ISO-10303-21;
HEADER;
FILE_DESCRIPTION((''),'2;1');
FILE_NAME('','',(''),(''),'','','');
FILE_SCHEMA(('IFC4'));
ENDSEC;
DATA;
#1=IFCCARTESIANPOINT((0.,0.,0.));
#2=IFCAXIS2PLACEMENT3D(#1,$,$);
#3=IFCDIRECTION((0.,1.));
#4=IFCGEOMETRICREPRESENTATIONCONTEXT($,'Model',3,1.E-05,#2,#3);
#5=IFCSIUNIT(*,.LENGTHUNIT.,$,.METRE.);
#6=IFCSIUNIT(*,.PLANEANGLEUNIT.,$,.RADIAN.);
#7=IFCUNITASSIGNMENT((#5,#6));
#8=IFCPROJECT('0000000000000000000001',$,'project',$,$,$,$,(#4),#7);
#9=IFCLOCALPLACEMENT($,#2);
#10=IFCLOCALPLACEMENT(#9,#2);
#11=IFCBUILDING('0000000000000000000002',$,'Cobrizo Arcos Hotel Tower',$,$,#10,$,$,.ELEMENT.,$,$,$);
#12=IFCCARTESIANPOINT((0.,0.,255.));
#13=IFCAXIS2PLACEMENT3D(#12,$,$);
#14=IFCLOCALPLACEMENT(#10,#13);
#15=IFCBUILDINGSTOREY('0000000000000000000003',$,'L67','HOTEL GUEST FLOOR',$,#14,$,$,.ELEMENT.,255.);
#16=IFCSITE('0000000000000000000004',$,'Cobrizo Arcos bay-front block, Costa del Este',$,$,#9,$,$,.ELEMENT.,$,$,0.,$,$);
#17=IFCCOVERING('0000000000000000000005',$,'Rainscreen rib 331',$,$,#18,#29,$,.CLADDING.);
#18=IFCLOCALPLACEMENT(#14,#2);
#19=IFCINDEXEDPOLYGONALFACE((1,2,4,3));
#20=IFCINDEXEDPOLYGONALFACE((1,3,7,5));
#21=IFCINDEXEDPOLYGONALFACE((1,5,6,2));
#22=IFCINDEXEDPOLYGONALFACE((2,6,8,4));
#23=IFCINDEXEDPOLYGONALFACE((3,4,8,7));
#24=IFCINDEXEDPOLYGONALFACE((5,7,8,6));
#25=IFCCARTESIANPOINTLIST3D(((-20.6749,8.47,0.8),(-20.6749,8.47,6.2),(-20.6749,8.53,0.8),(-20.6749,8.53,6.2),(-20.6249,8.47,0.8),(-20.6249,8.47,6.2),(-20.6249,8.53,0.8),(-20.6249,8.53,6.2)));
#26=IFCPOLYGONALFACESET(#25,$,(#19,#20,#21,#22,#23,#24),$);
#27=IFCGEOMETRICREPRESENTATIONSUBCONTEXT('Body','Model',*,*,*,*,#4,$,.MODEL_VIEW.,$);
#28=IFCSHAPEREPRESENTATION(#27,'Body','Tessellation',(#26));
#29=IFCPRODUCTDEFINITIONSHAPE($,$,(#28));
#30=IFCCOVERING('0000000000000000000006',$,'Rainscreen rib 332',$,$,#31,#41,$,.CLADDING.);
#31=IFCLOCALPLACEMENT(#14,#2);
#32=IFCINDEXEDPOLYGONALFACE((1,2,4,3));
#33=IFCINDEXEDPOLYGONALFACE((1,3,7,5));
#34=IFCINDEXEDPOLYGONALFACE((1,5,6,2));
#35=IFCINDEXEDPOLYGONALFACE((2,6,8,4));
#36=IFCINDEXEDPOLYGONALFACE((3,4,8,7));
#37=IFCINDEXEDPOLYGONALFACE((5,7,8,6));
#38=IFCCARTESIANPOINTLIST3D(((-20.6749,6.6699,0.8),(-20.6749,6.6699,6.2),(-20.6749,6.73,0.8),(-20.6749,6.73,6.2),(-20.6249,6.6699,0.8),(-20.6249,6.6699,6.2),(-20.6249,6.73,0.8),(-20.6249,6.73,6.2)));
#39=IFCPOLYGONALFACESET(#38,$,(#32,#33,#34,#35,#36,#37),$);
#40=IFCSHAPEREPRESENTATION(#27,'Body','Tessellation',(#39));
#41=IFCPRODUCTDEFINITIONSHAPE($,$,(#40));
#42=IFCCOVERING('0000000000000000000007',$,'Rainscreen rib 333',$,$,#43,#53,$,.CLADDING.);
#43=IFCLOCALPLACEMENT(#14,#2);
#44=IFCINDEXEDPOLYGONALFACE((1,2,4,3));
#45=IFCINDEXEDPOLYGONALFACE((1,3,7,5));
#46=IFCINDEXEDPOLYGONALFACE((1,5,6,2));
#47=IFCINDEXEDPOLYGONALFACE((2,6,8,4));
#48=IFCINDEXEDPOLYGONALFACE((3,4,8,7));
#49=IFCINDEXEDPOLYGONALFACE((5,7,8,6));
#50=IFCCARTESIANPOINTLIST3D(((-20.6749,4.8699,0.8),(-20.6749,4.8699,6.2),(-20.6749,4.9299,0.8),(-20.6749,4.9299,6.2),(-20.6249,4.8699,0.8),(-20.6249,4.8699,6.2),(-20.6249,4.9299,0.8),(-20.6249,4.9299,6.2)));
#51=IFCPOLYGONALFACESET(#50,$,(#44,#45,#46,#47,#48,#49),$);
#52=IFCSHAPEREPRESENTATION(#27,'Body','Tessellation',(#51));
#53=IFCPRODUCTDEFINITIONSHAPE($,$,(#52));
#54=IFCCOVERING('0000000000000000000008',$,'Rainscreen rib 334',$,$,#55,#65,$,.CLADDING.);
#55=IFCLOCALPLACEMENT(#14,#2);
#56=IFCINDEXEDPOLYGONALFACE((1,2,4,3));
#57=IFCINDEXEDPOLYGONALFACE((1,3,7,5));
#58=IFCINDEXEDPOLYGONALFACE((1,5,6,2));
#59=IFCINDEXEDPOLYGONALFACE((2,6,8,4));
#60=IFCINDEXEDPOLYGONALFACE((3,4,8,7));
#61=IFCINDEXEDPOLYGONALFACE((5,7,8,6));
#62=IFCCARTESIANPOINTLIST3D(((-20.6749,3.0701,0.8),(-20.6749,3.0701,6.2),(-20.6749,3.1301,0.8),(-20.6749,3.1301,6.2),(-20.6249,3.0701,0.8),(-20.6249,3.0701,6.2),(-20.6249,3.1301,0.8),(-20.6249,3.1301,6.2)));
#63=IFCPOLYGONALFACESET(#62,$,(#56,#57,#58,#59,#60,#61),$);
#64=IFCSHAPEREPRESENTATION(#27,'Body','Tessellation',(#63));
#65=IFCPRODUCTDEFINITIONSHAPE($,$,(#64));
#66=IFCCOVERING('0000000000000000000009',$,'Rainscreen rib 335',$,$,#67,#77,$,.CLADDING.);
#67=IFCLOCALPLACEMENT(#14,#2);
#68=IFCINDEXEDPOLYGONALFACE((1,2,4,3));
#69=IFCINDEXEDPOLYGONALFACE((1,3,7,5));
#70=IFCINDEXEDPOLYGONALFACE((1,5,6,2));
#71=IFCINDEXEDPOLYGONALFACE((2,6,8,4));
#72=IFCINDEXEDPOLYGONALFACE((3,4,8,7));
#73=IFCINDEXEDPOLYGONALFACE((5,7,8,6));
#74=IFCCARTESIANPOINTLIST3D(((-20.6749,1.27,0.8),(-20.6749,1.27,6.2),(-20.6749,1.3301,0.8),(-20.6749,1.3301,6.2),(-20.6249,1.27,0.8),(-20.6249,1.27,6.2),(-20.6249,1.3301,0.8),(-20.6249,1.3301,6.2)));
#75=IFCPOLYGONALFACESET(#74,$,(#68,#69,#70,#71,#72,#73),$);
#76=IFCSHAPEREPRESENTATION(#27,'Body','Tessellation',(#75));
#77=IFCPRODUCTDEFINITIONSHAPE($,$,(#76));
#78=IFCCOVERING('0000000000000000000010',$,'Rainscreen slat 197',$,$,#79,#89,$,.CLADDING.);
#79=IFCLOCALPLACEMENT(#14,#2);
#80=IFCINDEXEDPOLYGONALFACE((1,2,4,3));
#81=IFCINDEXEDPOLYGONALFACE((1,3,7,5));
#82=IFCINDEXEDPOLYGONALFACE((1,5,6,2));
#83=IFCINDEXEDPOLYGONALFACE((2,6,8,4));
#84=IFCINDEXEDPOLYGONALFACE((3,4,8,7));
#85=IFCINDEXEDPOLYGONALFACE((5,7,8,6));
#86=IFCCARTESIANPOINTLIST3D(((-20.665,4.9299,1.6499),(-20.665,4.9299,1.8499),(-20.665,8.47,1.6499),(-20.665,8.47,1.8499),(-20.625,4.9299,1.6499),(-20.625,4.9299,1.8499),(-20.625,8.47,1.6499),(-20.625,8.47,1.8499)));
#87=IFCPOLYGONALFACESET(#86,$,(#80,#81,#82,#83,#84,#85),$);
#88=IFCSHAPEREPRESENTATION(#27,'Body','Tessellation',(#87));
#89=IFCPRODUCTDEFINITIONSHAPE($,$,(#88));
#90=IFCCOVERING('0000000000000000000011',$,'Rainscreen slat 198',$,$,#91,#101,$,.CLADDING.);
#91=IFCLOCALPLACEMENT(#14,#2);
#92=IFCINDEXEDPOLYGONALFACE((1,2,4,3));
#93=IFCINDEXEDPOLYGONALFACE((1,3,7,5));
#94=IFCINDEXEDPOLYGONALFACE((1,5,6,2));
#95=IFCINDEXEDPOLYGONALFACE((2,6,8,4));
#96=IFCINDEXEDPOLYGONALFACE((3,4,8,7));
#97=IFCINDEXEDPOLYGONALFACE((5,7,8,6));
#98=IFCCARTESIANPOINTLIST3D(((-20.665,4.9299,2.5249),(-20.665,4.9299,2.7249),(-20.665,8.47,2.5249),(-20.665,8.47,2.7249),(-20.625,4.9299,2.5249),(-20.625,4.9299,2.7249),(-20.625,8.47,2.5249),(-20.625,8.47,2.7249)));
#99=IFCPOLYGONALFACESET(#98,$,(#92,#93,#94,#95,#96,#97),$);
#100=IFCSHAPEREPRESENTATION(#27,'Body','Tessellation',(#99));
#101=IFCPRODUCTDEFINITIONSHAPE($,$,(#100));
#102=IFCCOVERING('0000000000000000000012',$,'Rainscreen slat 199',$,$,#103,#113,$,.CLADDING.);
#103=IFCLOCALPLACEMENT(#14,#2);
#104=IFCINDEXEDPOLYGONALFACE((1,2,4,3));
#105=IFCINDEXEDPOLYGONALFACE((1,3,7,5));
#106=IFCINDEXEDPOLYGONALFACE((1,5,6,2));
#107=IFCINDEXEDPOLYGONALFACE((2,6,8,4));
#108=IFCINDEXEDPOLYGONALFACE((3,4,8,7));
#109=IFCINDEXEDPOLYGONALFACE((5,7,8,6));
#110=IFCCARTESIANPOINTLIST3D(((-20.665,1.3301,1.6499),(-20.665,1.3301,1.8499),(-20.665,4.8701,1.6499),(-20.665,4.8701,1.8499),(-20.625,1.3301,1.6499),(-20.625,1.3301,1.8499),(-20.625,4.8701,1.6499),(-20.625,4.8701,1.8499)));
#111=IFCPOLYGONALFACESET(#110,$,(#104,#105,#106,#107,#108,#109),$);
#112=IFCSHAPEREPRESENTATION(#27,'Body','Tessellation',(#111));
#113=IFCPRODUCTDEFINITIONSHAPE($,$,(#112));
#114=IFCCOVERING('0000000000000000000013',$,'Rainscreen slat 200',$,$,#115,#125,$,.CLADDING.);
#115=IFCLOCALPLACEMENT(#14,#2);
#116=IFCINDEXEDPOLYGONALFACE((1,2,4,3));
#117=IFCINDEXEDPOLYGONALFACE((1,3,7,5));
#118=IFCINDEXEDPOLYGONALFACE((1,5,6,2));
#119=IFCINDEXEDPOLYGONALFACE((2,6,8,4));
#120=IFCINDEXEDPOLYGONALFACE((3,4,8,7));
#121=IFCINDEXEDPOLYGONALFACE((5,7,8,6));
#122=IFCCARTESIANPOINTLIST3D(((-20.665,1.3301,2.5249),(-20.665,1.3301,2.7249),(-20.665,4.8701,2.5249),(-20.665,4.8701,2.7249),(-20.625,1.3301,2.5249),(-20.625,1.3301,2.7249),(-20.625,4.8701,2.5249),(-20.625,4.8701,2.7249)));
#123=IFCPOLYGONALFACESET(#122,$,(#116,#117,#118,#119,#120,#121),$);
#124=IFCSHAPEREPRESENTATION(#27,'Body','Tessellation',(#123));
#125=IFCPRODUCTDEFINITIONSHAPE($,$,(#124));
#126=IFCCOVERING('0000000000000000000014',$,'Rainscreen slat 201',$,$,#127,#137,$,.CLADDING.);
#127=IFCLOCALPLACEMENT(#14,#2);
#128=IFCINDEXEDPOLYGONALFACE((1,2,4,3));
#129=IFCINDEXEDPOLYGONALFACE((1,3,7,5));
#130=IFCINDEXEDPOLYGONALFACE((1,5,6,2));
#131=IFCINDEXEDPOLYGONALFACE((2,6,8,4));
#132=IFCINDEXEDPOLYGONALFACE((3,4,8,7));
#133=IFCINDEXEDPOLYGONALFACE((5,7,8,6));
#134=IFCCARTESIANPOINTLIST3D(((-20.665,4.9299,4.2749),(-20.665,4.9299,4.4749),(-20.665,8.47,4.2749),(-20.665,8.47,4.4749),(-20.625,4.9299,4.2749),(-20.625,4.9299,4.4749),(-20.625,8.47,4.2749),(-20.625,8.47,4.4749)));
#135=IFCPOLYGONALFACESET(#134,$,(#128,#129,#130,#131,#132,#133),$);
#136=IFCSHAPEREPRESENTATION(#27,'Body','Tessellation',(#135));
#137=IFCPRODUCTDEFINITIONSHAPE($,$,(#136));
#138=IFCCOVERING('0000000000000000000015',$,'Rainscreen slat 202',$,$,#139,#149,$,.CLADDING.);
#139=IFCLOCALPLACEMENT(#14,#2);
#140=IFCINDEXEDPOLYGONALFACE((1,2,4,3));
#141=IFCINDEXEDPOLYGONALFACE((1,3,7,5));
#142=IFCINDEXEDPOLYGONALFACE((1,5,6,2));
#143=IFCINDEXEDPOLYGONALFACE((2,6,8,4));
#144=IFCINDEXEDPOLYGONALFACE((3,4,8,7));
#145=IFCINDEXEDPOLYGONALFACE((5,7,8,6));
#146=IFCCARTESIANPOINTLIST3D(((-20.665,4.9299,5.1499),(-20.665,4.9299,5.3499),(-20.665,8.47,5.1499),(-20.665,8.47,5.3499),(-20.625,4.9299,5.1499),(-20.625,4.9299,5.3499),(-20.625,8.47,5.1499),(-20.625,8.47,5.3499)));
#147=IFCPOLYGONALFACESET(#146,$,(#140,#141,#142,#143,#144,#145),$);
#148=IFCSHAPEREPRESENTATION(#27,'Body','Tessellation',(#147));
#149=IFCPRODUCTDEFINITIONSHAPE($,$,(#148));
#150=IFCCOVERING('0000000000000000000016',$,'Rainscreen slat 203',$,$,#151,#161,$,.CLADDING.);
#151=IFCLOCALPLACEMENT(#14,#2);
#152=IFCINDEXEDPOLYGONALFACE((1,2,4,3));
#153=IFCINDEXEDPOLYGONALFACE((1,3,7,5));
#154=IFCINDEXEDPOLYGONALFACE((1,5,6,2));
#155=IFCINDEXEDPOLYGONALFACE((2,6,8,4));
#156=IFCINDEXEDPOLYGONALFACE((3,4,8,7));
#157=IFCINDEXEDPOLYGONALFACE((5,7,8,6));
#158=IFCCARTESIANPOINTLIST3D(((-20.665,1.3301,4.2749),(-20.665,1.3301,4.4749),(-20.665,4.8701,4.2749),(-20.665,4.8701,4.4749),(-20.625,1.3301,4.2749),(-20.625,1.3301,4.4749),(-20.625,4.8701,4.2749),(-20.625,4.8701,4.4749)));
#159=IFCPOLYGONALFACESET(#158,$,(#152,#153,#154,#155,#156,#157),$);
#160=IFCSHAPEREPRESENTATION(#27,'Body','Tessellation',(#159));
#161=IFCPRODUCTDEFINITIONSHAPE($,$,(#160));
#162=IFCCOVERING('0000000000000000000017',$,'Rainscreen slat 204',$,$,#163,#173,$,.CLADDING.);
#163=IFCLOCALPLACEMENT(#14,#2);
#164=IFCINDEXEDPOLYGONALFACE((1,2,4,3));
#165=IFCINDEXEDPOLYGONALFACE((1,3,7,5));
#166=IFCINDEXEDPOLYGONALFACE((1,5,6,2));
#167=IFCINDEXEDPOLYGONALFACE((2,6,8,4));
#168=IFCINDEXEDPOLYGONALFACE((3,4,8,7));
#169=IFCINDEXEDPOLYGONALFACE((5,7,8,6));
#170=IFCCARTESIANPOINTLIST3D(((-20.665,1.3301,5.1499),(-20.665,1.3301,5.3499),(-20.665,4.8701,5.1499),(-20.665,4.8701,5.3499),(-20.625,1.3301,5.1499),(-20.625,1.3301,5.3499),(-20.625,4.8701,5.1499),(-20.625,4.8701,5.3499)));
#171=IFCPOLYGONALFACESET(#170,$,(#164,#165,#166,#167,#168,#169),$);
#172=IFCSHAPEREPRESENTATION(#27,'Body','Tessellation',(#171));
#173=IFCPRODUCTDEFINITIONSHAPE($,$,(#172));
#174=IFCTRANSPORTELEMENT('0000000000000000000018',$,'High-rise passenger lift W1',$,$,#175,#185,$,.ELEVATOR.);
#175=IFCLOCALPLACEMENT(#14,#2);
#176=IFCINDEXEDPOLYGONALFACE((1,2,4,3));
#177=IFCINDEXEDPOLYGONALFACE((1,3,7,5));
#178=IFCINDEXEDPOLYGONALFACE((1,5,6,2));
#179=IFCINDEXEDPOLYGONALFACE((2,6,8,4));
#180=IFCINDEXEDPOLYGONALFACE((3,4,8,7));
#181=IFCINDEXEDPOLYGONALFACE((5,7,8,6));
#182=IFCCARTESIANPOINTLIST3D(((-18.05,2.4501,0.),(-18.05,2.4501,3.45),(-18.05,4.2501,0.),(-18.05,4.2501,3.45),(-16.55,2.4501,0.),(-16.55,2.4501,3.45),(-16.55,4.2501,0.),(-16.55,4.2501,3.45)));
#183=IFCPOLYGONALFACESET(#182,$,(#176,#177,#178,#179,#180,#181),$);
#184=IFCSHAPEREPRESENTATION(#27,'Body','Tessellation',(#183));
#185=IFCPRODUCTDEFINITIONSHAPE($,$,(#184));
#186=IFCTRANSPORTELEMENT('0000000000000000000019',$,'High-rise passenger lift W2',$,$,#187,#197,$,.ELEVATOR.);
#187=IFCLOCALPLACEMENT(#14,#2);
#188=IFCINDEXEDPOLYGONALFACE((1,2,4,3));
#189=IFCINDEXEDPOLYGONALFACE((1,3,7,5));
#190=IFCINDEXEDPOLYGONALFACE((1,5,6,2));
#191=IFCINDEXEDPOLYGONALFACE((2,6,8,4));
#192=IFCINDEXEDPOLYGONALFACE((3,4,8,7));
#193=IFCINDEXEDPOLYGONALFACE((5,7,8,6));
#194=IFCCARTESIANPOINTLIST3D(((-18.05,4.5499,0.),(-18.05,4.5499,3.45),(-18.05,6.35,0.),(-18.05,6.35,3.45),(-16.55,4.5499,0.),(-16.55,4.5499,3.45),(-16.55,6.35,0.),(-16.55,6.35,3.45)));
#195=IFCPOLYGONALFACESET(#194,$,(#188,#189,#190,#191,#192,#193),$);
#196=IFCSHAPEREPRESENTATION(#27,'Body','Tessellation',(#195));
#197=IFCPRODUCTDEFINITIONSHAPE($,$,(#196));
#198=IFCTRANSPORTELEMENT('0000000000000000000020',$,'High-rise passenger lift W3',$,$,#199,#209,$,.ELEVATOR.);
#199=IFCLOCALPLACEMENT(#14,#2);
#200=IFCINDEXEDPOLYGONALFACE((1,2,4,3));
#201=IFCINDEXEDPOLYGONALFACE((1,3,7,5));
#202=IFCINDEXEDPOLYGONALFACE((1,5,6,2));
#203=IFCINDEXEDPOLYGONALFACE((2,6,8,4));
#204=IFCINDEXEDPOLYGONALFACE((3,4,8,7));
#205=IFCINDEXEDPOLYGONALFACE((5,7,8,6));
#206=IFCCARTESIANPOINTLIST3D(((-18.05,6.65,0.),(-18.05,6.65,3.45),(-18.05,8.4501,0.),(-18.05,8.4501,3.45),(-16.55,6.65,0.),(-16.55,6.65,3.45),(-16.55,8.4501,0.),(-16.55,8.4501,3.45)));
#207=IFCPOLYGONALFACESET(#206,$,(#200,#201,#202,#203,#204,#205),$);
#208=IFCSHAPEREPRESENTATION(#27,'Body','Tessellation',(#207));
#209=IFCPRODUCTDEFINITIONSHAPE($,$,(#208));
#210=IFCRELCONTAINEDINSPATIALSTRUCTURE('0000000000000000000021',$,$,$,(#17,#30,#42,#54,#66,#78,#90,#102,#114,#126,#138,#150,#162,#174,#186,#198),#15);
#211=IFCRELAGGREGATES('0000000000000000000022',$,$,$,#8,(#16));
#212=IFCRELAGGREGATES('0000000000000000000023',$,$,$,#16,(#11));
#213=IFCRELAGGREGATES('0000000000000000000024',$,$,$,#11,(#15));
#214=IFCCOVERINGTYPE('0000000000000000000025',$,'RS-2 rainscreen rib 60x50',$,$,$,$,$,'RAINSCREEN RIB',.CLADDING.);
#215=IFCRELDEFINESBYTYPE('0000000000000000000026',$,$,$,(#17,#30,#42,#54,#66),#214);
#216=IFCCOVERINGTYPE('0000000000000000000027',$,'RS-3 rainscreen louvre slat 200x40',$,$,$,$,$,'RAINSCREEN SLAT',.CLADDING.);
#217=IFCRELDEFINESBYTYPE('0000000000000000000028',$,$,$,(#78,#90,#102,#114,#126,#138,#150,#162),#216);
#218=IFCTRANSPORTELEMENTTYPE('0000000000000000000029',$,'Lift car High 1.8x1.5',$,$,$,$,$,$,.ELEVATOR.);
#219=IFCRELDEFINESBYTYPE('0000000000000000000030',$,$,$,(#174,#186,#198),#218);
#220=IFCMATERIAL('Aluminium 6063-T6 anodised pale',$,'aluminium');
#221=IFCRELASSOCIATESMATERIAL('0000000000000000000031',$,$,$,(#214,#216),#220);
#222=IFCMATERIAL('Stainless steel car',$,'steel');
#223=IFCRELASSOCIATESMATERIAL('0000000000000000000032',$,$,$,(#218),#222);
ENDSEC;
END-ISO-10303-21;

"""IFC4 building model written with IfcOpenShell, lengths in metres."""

from ifc_helpers import new_model, si_unit, direction, frame, origin, origin_2d, place, context, subcontext, project, spatial, rectangle, extrude, material, type_object, element, save


model = new_model("IFC4")

# Units and contexts
model_context = context("Model", 3, precision=1e-05, world=origin(), true_north=direction((0.0, 1.0)))
body_context = subcontext(model_context, "Body", "Model", "MODEL_VIEW")
ifc_project = project(units=[si_unit("LENGTHUNIT", "METRE"), si_unit("PLANEANGLEUNIT", "RADIAN")], contexts=[model_context])

# Site, building, storey
site_placement = place(None, origin())
site = spatial("IfcSite", under=ifc_project, at=site_placement, Name="Cobrizo Arcos bay-front block, Costa del Este", CompositionType="ELEMENT", RefElevation=0.0)
building_placement = place(site_placement, origin())
building = spatial("IfcBuilding", under=site, at=building_placement, Name="Cobrizo Arcos Hotel Tower", CompositionType="ELEMENT")
storey_placement = place(building_placement, frame((0.0, 0.0, 255.0)))
storey = spatial("IfcBuildingStorey", under=building, at=storey_placement, Name="L67", Description="HOTEL GUEST FLOOR", CompositionType="ELEMENT", Elevation=255.0)

# Coverings
ifc_material_1 = material(Name="Aluminium 6063-T6 anodised pale", Category="aluminium")
covering_type_1 = type_object("IfcCoveringType", Name="RS-2 rainscreen rib 60x50", ElementType="RAINSCREEN RIB", PredefinedType="CLADDING", material=ifc_material_1)
for number, where, z_axis, x_axis, name in (
    (1, (-20.6499, 8.5, 0.8), (0.0, 0.0, 1.0), (0.0, -1.0, 0.0), "Rainscreen rib 331"),
    (2, (-20.6499, 6.7, 0.8), (0.0, 0.0, 1.0), (0.0, -1.0, 0.0), "Rainscreen rib 332"),
    (3, (-20.6499, 4.8999, 0.8), (0.0, 0.0, 1.0), (0.0, -1.0, 0.0), "Rainscreen rib 333"),
    (4, (-20.6499, 3.1001, 0.8), (0.0, 0.0, 1.0), (0.0, -1.0, 0.0), "Rainscreen rib 334"),
    (5, (-20.6499, 1.3, 0.8), (0.0, 0.0, 1.0), (0.0, -1.0, 0.0), "Rainscreen rib 335"),
):
    element("IfcCovering", number, at=place(storey_placement, frame(where, z_axis=z_axis, x_axis=x_axis)), inside=storey, type_object=covering_type_1, Name=name, PredefinedType="CLADDING", context=body_context, shape_type="SweptSolid", body=[
        extrude(rectangle(XDim=0.0601, YDim=0.05, at=origin_2d()), origin(), (0.0, 0.0, 1.0), 5.3999),
    ])
covering_type_2 = type_object("IfcCoveringType", Name="RS-3 rainscreen louvre slat 200x40", ElementType="RAINSCREEN SLAT", PredefinedType="CLADDING", material=ifc_material_1)
for number, where, z_axis, x_axis, name in (
    (6, (-20.645, 6.7, 1.6499), (0.0, 0.0, 1.0), (0.0, -1.0, 0.0), "Rainscreen slat 197"),
    (7, (-20.645, 6.7, 2.5249), (0.0, 0.0, 1.0), (0.0, -1.0, 0.0), "Rainscreen slat 198"),
    (8, (-20.645, 3.1001, 1.6499), (0.0, 0.0, 1.0), (0.0, -1.0, 0.0), "Rainscreen slat 199"),
    (9, (-20.645, 3.1001, 2.5249), (0.0, 0.0, 1.0), (0.0, -1.0, 0.0), "Rainscreen slat 200"),
    (10, (-20.645, 6.7, 4.2749), (0.0, 0.0, 1.0), (0.0, -1.0, 0.0), "Rainscreen slat 201"),
    (11, (-20.645, 6.7, 5.1499), (0.0, 0.0, 1.0), (0.0, -1.0, 0.0), "Rainscreen slat 202"),
    (12, (-20.645, 3.1001, 4.2749), (0.0, 0.0, 1.0), (0.0, -1.0, 0.0), "Rainscreen slat 203"),
    (13, (-20.645, 3.1001, 5.1499), (0.0, 0.0, 1.0), (0.0, -1.0, 0.0), "Rainscreen slat 204"),
):
    element("IfcCovering", number, at=place(storey_placement, frame(where, z_axis=z_axis, x_axis=x_axis)), inside=storey, type_object=covering_type_2, Name=name, PredefinedType="CLADDING", context=body_context, shape_type="SweptSolid", body=[
        extrude(rectangle(XDim=3.54, YDim=0.04, at=origin_2d()), origin(), (0.0, 0.0, 1.0), 0.2),
    ])

# Transport elements
ifc_material_2 = material(Name="Stainless steel car", Category="steel")
transport_element_type = type_object("IfcTransportElementType", Name="Lift car High 1.8x1.5", PredefinedType="ELEVATOR", material=ifc_material_2)
for number, where, z_axis, x_axis, name in (
    (14, (-17.3, 3.3501, 0.0), (0.0, 0.0, 1.0), (1.0, 0.0, 0.0), "High-rise passenger lift W1"),
    (15, (-17.3, 5.45, 0.0), (0.0, 0.0, 1.0), (1.0, 0.0, 0.0), "High-rise passenger lift W2"),
    (16, (-17.3, 7.55, 0.0), (0.0, 0.0, 1.0), (1.0, 0.0, 0.0), "High-rise passenger lift W3"),
):
    element("IfcTransportElement", number, at=place(storey_placement, frame(where, z_axis=z_axis, x_axis=x_axis)), inside=storey, type_object=transport_element_type, Name=name, PredefinedType="ELEVATOR", context=body_context, shape_type="SweptSolid", body=[
        extrude(rectangle(XDim=1.5, YDim=1.8, at=origin_2d()), origin(), (0.0, 0.0, 1.0), 3.45),
    ])

save(model, "model.ifc")
